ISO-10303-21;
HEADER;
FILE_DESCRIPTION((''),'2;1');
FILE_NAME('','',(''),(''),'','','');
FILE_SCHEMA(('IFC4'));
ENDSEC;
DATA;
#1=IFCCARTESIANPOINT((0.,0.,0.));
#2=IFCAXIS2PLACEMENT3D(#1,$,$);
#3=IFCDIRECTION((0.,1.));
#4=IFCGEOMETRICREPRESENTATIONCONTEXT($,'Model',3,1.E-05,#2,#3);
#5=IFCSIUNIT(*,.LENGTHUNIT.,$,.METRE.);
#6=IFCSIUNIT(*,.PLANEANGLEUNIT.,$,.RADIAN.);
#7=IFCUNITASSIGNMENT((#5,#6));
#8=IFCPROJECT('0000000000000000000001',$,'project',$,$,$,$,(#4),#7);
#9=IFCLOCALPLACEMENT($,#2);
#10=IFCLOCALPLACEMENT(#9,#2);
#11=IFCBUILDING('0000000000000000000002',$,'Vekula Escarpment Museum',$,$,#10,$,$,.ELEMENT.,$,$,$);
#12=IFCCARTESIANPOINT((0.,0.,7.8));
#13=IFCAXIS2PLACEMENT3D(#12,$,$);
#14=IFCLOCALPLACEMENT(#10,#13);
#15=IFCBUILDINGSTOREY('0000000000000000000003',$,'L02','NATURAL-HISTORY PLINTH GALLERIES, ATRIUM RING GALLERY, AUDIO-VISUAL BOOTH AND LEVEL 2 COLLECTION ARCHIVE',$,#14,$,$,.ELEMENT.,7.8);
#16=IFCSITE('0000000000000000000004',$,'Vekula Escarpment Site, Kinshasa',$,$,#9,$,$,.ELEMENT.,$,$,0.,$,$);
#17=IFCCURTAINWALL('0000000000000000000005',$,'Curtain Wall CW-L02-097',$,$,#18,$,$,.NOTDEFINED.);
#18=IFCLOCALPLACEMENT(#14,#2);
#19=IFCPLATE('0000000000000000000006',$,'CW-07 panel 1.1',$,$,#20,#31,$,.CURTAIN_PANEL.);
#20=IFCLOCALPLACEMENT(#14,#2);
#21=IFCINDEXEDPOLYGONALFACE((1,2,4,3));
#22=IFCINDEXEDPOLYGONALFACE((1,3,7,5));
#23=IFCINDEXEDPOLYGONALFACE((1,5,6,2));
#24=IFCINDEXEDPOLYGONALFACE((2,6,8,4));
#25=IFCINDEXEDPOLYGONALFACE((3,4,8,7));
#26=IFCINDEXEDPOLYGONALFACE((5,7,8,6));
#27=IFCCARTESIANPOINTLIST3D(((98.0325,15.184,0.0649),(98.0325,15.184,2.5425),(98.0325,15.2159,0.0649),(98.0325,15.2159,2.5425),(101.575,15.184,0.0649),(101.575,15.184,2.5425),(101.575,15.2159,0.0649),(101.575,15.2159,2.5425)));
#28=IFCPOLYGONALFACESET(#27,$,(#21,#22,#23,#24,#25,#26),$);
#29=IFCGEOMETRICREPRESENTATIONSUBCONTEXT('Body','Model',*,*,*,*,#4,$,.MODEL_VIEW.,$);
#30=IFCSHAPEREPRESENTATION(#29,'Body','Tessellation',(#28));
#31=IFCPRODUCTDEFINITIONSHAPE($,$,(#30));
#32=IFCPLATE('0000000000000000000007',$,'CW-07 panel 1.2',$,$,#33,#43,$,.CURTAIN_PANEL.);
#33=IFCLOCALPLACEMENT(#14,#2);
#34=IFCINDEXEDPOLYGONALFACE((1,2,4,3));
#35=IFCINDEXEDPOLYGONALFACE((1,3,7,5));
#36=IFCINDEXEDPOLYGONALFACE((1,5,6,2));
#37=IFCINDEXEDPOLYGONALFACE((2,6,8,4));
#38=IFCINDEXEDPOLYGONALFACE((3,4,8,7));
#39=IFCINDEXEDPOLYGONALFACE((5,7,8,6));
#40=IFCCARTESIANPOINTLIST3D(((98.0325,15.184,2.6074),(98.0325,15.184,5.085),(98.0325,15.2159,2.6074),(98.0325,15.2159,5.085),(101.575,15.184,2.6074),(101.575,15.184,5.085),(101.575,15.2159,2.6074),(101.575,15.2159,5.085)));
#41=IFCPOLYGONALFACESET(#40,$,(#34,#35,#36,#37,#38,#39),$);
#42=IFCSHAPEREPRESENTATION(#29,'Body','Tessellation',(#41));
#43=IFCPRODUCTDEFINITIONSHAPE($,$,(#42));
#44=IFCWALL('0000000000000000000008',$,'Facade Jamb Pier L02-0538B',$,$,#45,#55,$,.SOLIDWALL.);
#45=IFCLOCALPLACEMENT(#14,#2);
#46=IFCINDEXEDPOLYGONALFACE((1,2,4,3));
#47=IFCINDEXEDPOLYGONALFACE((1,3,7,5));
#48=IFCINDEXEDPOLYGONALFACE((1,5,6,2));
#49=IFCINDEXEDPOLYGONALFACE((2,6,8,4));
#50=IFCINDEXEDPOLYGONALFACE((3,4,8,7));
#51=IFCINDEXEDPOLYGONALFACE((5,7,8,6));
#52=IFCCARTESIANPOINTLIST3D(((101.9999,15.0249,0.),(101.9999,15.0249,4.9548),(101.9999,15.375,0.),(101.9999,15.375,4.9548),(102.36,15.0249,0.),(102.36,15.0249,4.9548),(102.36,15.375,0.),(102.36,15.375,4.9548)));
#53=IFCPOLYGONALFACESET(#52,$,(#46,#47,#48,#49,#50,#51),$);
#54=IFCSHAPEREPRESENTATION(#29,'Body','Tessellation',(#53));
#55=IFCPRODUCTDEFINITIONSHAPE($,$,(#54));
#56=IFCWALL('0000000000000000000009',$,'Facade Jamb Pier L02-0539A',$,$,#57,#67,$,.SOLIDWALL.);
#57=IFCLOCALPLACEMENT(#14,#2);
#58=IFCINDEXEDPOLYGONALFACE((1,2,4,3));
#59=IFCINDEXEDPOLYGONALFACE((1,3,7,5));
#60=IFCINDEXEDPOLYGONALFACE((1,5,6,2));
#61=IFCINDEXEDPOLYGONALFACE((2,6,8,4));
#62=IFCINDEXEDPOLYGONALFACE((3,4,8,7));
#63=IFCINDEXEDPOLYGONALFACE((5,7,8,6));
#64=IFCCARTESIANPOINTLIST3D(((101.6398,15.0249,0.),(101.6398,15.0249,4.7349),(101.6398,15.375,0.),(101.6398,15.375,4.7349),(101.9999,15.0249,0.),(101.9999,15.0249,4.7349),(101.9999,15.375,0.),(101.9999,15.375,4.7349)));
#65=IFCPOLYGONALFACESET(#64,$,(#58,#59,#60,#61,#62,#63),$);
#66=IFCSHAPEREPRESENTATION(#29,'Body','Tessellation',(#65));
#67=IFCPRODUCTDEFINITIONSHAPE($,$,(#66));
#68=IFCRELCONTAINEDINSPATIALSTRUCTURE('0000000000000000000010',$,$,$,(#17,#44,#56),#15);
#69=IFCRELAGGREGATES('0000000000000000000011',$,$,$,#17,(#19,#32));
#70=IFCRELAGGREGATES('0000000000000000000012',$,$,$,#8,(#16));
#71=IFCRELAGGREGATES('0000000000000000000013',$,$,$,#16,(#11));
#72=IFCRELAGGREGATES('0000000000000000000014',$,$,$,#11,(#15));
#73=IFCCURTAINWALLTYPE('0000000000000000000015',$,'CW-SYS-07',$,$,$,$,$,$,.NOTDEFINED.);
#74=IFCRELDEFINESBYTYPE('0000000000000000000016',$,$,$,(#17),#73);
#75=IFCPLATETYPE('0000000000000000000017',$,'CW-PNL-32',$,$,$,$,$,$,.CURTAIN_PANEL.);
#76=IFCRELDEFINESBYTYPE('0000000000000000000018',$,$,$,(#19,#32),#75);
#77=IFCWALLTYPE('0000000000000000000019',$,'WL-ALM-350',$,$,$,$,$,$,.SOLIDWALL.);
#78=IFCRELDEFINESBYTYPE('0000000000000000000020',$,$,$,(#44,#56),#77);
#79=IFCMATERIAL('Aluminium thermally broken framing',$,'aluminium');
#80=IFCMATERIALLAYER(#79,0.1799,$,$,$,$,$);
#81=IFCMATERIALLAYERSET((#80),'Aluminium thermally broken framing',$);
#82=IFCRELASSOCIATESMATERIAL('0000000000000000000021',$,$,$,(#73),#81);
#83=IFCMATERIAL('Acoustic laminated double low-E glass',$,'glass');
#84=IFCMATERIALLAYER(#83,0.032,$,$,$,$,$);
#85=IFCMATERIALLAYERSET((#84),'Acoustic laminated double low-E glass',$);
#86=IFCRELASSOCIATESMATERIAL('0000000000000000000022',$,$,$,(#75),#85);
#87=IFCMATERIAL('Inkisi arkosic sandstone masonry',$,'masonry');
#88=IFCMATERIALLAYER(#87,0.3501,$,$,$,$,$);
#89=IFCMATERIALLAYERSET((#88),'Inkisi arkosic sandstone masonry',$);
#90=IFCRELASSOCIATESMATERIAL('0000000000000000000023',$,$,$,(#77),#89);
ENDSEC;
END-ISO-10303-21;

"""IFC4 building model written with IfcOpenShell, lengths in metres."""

from ifc_helpers import new_model, si_unit, direction, frame, frame_2d, origin, origin_2d, place, context, subcontext, project, spatial, rectangle, extrude, material, layer, layer_set, type_object, element, aggregate, save


model = new_model("IFC4")

# Units and contexts
model_context = context("Model", 3, precision=1e-05, world=origin(), true_north=direction((0.0, 1.0)))
body_context = subcontext(model_context, "Body", "Model", "MODEL_VIEW")
ifc_project = project(units=[si_unit("LENGTHUNIT", "METRE"), si_unit("PLANEANGLEUNIT", "RADIAN")], contexts=[model_context])

# Site, building, storey
site_placement = place(None, origin())
site = spatial("IfcSite", under=ifc_project, at=site_placement, Name="Vekula Escarpment Site, Kinshasa", CompositionType="ELEMENT", RefElevation=0.0)
building_placement = place(site_placement, origin())
building = spatial("IfcBuilding", under=site, at=building_placement, Name="Vekula Escarpment Museum", CompositionType="ELEMENT")
storey_placement = place(building_placement, frame((0.0, 0.0, 7.8)))
storey = spatial("IfcBuildingStorey", under=building, at=storey_placement, Name="L02", Description="NATURAL-HISTORY PLINTH GALLERIES, ATRIUM RING GALLERY, AUDIO-VISUAL BOOTH AND LEVEL 2 COLLECTION ARCHIVE", CompositionType="ELEMENT", Elevation=7.8)

# Curtain wall
ifc_material_1 = material(Name="Aluminium thermally broken framing", Category="aluminium")
ifc_layer_1 = layer(ifc_material_1, 0.1799)
ifc_layer_set_1 = layer_set([ifc_layer_1], Name="Aluminium thermally broken framing")
curtain_wall_type_1 = type_object("IfcCurtainWallType", Name="CW-SYS-07", PredefinedType="NOTDEFINED", material=ifc_layer_set_1)
curtain_wall_1_placement = place(storey_placement, origin())
curtain_wall_1 = element("IfcCurtainWall", 1, at=curtain_wall_1_placement, inside=storey, type_object=curtain_wall_type_1, Name="Curtain Wall CW-L02-097", PredefinedType="NOTDEFINED")

# Plates
ifc_material_2 = material(Name="Acoustic laminated double low-E glass", Category="glass")
ifc_layer_2 = layer(ifc_material_2, 0.032)
ifc_layer_set_2 = layer_set([ifc_layer_2], Name="Acoustic laminated double low-E glass")
plate_type_1 = type_object("IfcPlateType", Name="CW-PNL-32", PredefinedType="CURTAIN_PANEL", material=ifc_layer_set_2)
plate_1_placement = place(storey_placement, frame((99.8037, 15.2, 0.0649), z_axis=(0.0, 0.0, 1.0), x_axis=(-1.0, 0.0, 0.0)))
plate_1 = element("IfcPlate", 2, at=plate_1_placement, type_object=plate_type_1, Name="CW-07 panel 1.1", PredefinedType="CURTAIN_PANEL", context=body_context, shape_type="SweptSolid", body=[
    extrude(rectangle(XDim=3.5425, YDim=0.032, at=origin_2d()), origin(), (0.0, 0.0, 1.0), 2.4775),
])
plate_2_placement = place(storey_placement, frame((99.8037, 15.2, 2.6074), z_axis=(0.0, 0.0, 1.0), x_axis=(-1.0, 0.0, 0.0)))
plate_2 = element("IfcPlate", 3, at=plate_2_placement, type_object=plate_type_1, Name="CW-07 panel 1.2", PredefinedType="CURTAIN_PANEL", context=body_context, shape_type="SweptSolid", body=[
    extrude(rectangle(XDim=3.5425, YDim=0.032, at=origin_2d()), origin(), (0.0, 0.0, 1.0), 2.4775),
])
aggregate(curtain_wall_1, [plate_1, plate_2])

# Walls
ifc_material_3 = material(Name="Inkisi arkosic sandstone masonry", Category="masonry")
ifc_layer_3 = layer(ifc_material_3, 0.3501)
ifc_layer_set_3 = layer_set([ifc_layer_3], Name="Inkisi arkosic sandstone masonry")
wall_type = type_object("IfcWallType", Name="WL-ALM-350", PredefinedType="SOLIDWALL", material=ifc_layer_set_3)
wall_1_placement = place(storey_placement, frame((102.3601, 15.2, 0.0), z_axis=(0.0, 0.0, 1.0), x_axis=(-1.0, 0.0, 0.0)))
element("IfcWall", 4, at=wall_1_placement, inside=storey, type_object=wall_type, Name="Facade Jamb Pier L02-0538B", PredefinedType="SOLIDWALL", context=body_context, shape_type="SweptSolid", body=[
    extrude(rectangle(XDim=0.3601, YDim=0.3501, at=frame_2d((0.1802, 0.0))), origin(), (0.0, 0.0, 1.0), 4.9548),
])
wall_2_placement = place(storey_placement, frame((102.0, 15.2, 0.0), z_axis=(0.0, 0.0, 1.0), x_axis=(-1.0, 0.0, 0.0)))
element("IfcWall", 5, at=wall_2_placement, inside=storey, type_object=wall_type, Name="Facade Jamb Pier L02-0539A", PredefinedType="SOLIDWALL", context=body_context, shape_type="SweptSolid", body=[
    extrude(rectangle(XDim=0.3601, YDim=0.3501, at=frame_2d((0.1802, 0.0))), origin(), (0.0, 0.0, 1.0), 4.7349),
])

save(model, "model.ifc")
